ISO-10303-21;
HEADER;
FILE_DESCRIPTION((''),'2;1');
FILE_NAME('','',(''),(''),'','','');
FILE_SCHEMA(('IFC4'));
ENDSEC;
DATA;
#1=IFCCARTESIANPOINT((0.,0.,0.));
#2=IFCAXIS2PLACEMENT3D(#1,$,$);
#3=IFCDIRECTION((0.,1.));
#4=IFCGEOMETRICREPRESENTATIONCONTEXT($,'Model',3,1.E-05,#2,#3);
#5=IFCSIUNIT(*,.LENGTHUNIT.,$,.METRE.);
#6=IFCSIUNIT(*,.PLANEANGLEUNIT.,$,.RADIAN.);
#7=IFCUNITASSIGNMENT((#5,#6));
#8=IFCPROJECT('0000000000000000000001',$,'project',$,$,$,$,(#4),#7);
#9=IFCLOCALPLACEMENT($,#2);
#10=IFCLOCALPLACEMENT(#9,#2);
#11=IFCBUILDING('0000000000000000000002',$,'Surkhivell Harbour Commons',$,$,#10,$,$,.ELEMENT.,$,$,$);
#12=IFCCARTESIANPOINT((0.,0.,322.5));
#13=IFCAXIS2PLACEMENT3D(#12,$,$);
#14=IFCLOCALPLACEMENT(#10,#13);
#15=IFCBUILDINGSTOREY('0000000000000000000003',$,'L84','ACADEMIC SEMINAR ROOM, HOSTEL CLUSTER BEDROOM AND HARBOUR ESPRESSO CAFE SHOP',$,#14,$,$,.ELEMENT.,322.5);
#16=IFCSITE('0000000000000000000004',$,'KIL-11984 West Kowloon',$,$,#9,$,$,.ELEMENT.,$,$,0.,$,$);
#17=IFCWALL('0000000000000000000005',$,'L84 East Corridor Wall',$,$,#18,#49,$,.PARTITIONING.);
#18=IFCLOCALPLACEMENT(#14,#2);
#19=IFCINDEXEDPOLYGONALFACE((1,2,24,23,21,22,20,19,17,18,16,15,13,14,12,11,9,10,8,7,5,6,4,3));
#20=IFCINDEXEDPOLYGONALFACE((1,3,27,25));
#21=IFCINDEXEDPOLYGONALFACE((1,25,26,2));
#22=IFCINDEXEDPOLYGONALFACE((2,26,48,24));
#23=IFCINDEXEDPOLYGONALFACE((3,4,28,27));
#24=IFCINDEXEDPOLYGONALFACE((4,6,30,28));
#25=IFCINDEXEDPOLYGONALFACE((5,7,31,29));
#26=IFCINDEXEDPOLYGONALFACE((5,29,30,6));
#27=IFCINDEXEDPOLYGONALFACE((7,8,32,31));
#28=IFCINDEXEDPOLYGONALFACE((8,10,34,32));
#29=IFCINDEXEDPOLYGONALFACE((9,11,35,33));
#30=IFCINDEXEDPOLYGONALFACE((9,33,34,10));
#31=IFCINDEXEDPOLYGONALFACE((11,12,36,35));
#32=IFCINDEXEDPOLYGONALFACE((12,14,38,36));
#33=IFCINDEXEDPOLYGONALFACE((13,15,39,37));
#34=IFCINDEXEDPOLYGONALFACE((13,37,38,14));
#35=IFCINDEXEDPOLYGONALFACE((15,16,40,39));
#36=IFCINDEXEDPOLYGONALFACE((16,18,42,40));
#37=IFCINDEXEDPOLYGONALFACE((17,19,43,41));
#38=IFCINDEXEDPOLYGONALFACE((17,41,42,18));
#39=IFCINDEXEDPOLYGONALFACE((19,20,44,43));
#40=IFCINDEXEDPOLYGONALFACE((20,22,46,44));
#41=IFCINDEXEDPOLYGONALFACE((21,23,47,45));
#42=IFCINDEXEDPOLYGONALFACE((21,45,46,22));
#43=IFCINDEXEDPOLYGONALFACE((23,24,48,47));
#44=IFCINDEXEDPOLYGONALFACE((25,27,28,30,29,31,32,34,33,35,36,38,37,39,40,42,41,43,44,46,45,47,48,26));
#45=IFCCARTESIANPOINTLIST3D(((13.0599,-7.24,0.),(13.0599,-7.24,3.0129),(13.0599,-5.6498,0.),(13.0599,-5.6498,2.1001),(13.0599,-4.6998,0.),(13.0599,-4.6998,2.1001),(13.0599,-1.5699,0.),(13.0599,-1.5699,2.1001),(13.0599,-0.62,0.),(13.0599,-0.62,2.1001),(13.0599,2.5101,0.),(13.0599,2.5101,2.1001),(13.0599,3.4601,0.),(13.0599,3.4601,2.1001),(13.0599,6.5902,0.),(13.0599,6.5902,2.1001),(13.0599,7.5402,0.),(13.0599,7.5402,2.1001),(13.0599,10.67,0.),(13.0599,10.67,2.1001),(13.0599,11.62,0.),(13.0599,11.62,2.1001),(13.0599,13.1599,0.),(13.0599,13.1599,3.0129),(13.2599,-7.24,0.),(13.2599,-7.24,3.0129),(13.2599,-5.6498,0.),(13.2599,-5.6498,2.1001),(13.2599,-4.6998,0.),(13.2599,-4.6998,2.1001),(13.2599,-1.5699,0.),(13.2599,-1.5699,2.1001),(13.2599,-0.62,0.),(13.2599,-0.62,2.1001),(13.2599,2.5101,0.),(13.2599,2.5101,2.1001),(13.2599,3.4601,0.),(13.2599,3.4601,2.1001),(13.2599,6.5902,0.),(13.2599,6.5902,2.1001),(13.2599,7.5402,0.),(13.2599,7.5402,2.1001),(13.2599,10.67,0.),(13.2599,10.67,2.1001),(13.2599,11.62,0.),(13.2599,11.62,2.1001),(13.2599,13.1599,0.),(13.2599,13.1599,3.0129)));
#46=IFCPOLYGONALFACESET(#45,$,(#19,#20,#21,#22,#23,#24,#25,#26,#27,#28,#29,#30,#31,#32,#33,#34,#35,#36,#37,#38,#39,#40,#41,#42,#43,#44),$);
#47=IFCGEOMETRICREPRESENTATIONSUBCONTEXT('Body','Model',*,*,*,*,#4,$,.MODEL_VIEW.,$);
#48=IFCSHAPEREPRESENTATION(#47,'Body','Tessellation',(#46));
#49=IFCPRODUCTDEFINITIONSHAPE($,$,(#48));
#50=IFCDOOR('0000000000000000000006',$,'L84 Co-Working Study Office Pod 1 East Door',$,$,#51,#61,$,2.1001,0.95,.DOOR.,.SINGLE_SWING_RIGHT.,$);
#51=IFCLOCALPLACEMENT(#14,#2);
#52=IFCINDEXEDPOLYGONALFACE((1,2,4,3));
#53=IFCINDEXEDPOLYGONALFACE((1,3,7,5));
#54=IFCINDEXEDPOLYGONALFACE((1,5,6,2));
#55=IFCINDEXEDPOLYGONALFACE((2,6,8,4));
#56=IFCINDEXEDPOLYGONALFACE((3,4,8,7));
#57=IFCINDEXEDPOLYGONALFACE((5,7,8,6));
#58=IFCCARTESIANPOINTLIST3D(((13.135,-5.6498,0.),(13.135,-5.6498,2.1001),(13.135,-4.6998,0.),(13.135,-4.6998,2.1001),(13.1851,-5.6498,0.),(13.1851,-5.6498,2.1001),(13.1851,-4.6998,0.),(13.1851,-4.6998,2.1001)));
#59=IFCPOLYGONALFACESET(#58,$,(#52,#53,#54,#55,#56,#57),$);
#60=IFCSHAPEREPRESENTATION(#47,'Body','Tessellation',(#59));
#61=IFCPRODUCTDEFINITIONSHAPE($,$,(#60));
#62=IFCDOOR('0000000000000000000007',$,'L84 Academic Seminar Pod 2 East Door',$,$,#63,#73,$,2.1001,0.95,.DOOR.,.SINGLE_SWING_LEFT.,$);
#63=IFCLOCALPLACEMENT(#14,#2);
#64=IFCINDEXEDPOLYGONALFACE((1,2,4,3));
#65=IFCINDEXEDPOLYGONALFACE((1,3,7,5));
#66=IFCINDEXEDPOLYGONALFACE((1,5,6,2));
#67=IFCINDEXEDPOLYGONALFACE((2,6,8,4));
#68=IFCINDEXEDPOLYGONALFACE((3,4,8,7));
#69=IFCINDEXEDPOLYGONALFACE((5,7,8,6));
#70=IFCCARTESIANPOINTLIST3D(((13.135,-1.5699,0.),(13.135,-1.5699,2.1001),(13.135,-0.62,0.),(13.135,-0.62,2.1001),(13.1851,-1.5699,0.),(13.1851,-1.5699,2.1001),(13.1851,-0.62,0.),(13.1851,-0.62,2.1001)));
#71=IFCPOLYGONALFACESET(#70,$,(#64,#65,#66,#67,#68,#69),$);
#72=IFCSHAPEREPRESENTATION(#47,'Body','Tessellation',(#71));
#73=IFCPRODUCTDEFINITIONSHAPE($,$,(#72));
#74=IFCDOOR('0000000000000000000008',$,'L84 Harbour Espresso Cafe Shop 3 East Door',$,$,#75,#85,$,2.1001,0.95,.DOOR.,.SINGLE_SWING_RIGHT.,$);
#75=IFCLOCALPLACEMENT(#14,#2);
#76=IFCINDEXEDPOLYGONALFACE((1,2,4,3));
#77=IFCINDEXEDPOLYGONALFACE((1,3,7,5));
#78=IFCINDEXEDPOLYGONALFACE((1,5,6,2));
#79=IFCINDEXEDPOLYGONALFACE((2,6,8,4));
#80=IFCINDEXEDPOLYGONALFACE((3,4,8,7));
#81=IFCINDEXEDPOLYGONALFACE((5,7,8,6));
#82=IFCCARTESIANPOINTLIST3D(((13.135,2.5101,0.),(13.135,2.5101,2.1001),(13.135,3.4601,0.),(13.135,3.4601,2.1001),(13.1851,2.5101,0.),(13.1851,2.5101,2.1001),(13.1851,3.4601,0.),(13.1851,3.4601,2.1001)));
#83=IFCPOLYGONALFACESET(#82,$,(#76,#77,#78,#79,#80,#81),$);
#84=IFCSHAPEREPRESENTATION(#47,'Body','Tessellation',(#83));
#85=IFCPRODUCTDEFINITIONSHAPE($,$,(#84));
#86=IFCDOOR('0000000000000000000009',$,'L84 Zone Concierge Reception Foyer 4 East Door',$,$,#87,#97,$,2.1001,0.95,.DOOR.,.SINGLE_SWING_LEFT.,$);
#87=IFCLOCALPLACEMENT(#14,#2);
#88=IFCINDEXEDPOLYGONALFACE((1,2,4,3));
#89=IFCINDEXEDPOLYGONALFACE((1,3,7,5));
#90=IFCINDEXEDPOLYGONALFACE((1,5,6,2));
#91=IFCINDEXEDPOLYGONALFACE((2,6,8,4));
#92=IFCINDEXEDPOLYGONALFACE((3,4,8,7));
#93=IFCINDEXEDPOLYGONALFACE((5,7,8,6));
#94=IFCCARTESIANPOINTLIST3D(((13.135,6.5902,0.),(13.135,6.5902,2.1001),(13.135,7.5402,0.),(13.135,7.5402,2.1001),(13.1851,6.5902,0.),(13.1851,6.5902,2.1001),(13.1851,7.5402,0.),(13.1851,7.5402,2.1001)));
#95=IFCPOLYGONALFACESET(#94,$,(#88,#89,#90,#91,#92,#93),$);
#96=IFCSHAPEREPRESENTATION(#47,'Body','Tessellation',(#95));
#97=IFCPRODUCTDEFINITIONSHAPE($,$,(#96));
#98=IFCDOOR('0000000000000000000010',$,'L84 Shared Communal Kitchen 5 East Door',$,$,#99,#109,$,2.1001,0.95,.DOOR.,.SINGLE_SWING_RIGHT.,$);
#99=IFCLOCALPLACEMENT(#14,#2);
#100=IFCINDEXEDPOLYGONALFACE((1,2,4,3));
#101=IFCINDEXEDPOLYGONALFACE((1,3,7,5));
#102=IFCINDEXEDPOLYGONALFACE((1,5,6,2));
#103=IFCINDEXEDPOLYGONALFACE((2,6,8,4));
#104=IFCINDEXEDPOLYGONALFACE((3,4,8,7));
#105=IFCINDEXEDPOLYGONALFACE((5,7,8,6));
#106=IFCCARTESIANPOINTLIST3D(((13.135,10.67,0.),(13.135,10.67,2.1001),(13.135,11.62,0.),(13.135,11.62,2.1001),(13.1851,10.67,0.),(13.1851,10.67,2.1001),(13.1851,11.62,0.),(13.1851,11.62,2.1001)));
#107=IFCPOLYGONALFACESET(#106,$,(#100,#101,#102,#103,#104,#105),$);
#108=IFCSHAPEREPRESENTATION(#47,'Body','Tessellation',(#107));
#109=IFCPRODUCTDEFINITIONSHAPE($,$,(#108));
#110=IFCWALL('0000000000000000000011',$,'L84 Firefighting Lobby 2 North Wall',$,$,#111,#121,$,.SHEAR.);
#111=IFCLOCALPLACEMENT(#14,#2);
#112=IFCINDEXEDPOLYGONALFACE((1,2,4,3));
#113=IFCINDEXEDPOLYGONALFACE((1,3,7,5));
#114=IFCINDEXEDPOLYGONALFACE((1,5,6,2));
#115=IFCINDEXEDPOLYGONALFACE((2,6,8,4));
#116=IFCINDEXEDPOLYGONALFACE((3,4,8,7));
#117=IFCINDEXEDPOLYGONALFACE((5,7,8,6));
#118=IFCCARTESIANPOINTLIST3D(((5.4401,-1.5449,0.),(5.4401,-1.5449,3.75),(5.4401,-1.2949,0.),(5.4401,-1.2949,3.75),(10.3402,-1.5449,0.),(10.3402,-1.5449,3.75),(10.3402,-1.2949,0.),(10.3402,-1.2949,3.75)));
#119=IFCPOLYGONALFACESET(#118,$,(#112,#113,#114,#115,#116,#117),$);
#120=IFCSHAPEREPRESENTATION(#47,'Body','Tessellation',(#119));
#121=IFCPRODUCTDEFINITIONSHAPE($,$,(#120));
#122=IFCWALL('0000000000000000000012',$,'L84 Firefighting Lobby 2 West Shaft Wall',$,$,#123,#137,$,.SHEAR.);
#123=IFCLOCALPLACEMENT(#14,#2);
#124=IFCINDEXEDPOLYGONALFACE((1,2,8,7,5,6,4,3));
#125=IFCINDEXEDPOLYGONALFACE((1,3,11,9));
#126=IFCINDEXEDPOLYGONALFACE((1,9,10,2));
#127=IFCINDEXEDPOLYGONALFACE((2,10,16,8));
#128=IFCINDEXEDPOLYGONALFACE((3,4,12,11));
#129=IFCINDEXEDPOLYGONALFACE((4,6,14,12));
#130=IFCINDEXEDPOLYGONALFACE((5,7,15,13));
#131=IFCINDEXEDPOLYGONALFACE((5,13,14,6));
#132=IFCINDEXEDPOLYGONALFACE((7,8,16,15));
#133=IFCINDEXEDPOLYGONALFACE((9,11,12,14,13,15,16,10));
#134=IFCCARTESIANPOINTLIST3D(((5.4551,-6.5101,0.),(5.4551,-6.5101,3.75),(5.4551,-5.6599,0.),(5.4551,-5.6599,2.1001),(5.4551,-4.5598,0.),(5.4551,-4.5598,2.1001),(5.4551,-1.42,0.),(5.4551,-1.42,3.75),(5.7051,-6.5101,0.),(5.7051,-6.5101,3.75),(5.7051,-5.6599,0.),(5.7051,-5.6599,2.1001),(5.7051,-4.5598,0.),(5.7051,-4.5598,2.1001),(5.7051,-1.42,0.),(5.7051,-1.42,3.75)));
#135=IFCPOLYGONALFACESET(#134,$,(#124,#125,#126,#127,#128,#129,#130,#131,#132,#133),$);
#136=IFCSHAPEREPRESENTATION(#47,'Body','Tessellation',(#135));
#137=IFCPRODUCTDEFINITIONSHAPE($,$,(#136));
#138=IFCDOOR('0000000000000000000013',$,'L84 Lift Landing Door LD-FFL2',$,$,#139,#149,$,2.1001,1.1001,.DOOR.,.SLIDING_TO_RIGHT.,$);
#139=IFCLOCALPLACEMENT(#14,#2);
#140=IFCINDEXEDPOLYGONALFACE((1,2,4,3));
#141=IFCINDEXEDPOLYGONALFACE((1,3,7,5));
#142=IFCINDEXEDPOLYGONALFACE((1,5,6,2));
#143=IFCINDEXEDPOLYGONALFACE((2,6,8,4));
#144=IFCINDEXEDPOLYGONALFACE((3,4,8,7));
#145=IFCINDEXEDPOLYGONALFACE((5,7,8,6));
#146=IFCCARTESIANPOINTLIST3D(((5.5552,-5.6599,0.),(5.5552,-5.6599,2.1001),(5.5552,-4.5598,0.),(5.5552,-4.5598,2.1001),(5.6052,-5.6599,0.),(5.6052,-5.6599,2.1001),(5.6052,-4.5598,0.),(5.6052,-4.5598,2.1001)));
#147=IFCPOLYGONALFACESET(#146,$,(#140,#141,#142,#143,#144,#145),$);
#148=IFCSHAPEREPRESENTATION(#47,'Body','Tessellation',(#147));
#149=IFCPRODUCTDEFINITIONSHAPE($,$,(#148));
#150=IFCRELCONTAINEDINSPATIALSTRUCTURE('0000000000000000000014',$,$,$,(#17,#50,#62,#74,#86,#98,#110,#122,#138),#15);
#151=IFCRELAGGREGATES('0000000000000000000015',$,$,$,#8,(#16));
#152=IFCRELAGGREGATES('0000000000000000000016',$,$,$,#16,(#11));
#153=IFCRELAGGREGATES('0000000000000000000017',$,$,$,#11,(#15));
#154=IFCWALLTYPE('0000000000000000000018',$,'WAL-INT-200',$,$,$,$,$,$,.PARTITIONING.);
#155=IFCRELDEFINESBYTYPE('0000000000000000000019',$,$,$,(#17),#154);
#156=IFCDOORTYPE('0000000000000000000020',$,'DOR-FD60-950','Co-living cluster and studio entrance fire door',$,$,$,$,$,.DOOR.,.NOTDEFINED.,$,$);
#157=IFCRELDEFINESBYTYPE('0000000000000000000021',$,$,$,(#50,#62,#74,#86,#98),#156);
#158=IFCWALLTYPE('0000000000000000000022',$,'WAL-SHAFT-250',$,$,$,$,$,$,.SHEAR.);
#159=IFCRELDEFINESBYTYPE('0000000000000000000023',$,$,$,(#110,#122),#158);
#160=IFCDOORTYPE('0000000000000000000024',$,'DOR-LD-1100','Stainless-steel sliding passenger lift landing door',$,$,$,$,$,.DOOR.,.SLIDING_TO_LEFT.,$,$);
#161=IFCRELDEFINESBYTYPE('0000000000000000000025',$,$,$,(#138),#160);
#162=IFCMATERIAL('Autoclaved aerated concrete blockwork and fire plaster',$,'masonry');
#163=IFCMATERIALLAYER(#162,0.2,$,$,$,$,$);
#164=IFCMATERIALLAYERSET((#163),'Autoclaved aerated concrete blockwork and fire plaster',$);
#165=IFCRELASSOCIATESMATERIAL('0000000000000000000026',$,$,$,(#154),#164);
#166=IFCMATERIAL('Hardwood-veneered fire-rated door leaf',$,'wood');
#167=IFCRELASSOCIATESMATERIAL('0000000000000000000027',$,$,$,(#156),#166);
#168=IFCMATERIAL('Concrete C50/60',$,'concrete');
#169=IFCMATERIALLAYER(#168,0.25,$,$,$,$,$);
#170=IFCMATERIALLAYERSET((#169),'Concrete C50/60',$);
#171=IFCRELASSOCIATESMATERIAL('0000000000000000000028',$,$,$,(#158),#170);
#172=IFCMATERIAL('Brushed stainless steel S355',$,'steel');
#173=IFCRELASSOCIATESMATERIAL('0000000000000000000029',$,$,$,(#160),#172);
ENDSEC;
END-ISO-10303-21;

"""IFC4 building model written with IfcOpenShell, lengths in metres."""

from ifc_helpers import new_model, si_unit, direction, frame, frame_2d, origin, place, context, subcontext, project, spatial, rectangle, extrude, material, layer, layer_set, type_object, element, fill, save


model = new_model("IFC4")

# Units and contexts
model_context = context("Model", 3, precision=1e-05, world=origin(), true_north=direction((0.0, 1.0)))
body_context = subcontext(model_context, "Body", "Model", "MODEL_VIEW")
ifc_project = project(units=[si_unit("LENGTHUNIT", "METRE"), si_unit("PLANEANGLEUNIT", "RADIAN")], contexts=[model_context])

# Site, building, storey
site_placement = place(None, origin())
site = spatial("IfcSite", under=ifc_project, at=site_placement, Name="KIL-11984 West Kowloon", CompositionType="ELEMENT", RefElevation=0.0)
building_placement = place(site_placement, origin())
building = spatial("IfcBuilding", under=site, at=building_placement, Name="Surkhivell Harbour Commons", CompositionType="ELEMENT")
storey_placement = place(building_placement, frame((0.0, 0.0, 322.5)))
storey = spatial("IfcBuildingStorey", under=building, at=storey_placement, Name="L84", Description="ACADEMIC SEMINAR ROOM, HOSTEL CLUSTER BEDROOM AND HARBOUR ESPRESSO CAFE SHOP", CompositionType="ELEMENT", Elevation=322.5)

# Shared definitions
ifc_material_1 = material(Name="Concrete C50/60", Category="concrete")
ifc_material_2 = material(Name="Hardwood-veneered fire-rated door leaf", Category="wood")

# Wall, openings, doors
ifc_material_3 = material(Name="Autoclaved aerated concrete blockwork and fire plaster", Category="masonry")
ifc_layer_1 = layer(ifc_material_3, 0.2)
ifc_layer_set_1 = layer_set([ifc_layer_1], Name="Autoclaved aerated concrete blockwork and fire plaster")
wall_type_1 = type_object("IfcWallType", Name="WAL-INT-200", PredefinedType="PARTITIONING", material=ifc_layer_set_1)
wall_1_placement = place(storey_placement, frame((13.1599, -7.24, 0.0), z_axis=(0.0, 0.0, 1.0), x_axis=(0.0, 1.0, 0.0)))
wall_1 = element("IfcWall", 1, at=wall_1_placement, inside=storey, type_object=wall_type_1, Name="L84 East Corridor Wall", PredefinedType="PARTITIONING", context=body_context, shape_type="SweptSolid", body=[
    extrude(rectangle(XDim=20.3999, YDim=0.2, at=frame_2d((10.2, 0.0))), origin(), (0.0, 0.0, 1.0), 3.0129),
])
opening_1_placement = place(wall_1_placement, frame((1.5901, 0.0, 0.0)))
opening_1 = element("IfcOpeningElement", 2, at=opening_1_placement, cuts=wall_1, PredefinedType="OPENING", context=body_context, shape_type="SweptSolid", body=[
    extrude(rectangle(XDim=0.95, YDim=2.1001, at=frame_2d((0.4751, 1.05))), frame((0.0, 0.1099, 0.0), z_axis=(0.0, -1.0, 0.0), x_axis=(1.0, 0.0, 0.0)), (0.0, 0.0, 1.0), 0.22),
])
opening_2_placement = place(wall_1_placement, frame((5.6699, 0.0, 0.0)))
opening_2 = element("IfcOpeningElement", 3, at=opening_2_placement, cuts=wall_1, PredefinedType="OPENING", context=body_context, shape_type="SweptSolid", body=[
    extrude(rectangle(XDim=0.95, YDim=2.1001, at=frame_2d((0.4751, 1.05))), frame((0.0, 0.1099, 0.0), z_axis=(0.0, -1.0, 0.0), x_axis=(1.0, 0.0, 0.0)), (0.0, 0.0, 1.0), 0.22),
])
opening_3_placement = place(wall_1_placement, frame((9.75, 0.0, 0.0)))
opening_3 = element("IfcOpeningElement", 4, at=opening_3_placement, cuts=wall_1, PredefinedType="OPENING", context=body_context, shape_type="SweptSolid", body=[
    extrude(rectangle(XDim=0.95, YDim=2.1001, at=frame_2d((0.4751, 1.05))), frame((0.0, 0.1099, 0.0), z_axis=(0.0, -1.0, 0.0), x_axis=(1.0, 0.0, 0.0)), (0.0, 0.0, 1.0), 0.22),
])
opening_4_placement = place(wall_1_placement, frame((13.8301, 0.0, 0.0)))
opening_4 = element("IfcOpeningElement", 5, at=opening_4_placement, cuts=wall_1, PredefinedType="OPENING", context=body_context, shape_type="SweptSolid", body=[
    extrude(rectangle(XDim=0.95, YDim=2.1001, at=frame_2d((0.4751, 1.05))), frame((0.0, 0.1099, 0.0), z_axis=(0.0, -1.0, 0.0), x_axis=(1.0, 0.0, 0.0)), (0.0, 0.0, 1.0), 0.22),
])
opening_5_placement = place(wall_1_placement, frame((17.9099, 0.0, 0.0)))
opening_5 = element("IfcOpeningElement", 6, at=opening_5_placement, cuts=wall_1, PredefinedType="OPENING", context=body_context, shape_type="SweptSolid", body=[
    extrude(rectangle(XDim=0.95, YDim=2.1001, at=frame_2d((0.4751, 1.05))), frame((0.0, 0.1099, 0.0), z_axis=(0.0, -1.0, 0.0), x_axis=(1.0, 0.0, 0.0)), (0.0, 0.0, 1.0), 0.22),
])
door_type_1 = type_object("IfcDoorType", Name="DOR-FD60-950", Description="Co-living cluster and studio entrance fire door", OperationType="NOTDEFINED", PredefinedType="DOOR", material=ifc_material_2)
door_1_placement = place(opening_1_placement, origin())
door_1 = element("IfcDoor", 7, at=door_1_placement, inside=storey, type_object=door_type_1, Name="L84 Co-Working Study Office Pod 1 East Door", OperationType="SINGLE_SWING_RIGHT", OverallHeight=2.1001, OverallWidth=0.95, PredefinedType="DOOR", context=body_context, shape_type="SweptSolid", body=[
    extrude(rectangle(XDim=0.95, YDim=2.1001, at=frame_2d((0.4751, 1.05))), frame((0.0, 0.0249, 0.0), z_axis=(0.0, -1.0, 0.0), x_axis=(1.0, 0.0, 0.0)), (0.0, 0.0, 1.0), 0.05),
])
fill(opening_1, door_1)
door_2_placement = place(opening_2_placement, origin())
door_2 = element("IfcDoor", 8, at=door_2_placement, inside=storey, type_object=door_type_1, Name="L84 Academic Seminar Pod 2 East Door", OperationType="SINGLE_SWING_LEFT", OverallHeight=2.1001, OverallWidth=0.95, PredefinedType="DOOR", context=body_context, shape_type="SweptSolid", body=[
    extrude(rectangle(XDim=0.95, YDim=2.1001, at=frame_2d((0.4751, 1.05))), frame((0.0, 0.0249, 0.0), z_axis=(0.0, -1.0, 0.0), x_axis=(1.0, 0.0, 0.0)), (0.0, 0.0, 1.0), 0.05),
])
fill(opening_2, door_2)
door_3_placement = place(opening_3_placement, origin())
door_3 = element("IfcDoor", 9, at=door_3_placement, inside=storey, type_object=door_type_1, Name="L84 Harbour Espresso Cafe Shop 3 East Door", OperationType="SINGLE_SWING_RIGHT", OverallHeight=2.1001, OverallWidth=0.95, PredefinedType="DOOR", context=body_context, shape_type="SweptSolid", body=[
    extrude(rectangle(XDim=0.95, YDim=2.1001, at=frame_2d((0.4751, 1.05))), frame((0.0, 0.0249, 0.0), z_axis=(0.0, -1.0, 0.0), x_axis=(1.0, 0.0, 0.0)), (0.0, 0.0, 1.0), 0.05),
])
fill(opening_3, door_3)
door_4_placement = place(opening_4_placement, origin())
door_4 = element("IfcDoor", 10, at=door_4_placement, inside=storey, type_object=door_type_1, Name="L84 Zone Concierge Reception Foyer 4 East Door", OperationType="SINGLE_SWING_LEFT", OverallHeight=2.1001, OverallWidth=0.95, PredefinedType="DOOR", context=body_context, shape_type="SweptSolid", body=[
    extrude(rectangle(XDim=0.95, YDim=2.1001, at=frame_2d((0.4751, 1.05))), frame((0.0, 0.0249, 0.0), z_axis=(0.0, -1.0, 0.0), x_axis=(1.0, 0.0, 0.0)), (0.0, 0.0, 1.0), 0.05),
])
fill(opening_4, door_4)
door_5_placement = place(opening_5_placement, origin())
door_5 = element("IfcDoor", 11, at=door_5_placement, inside=storey, type_object=door_type_1, Name="L84 Shared Communal Kitchen 5 East Door", OperationType="SINGLE_SWING_RIGHT", OverallHeight=2.1001, OverallWidth=0.95, PredefinedType="DOOR", context=body_context, shape_type="SweptSolid", body=[
    extrude(rectangle(XDim=0.95, YDim=2.1001, at=frame_2d((0.4751, 1.05))), frame((0.0, 0.0249, 0.0), z_axis=(0.0, -1.0, 0.0), x_axis=(1.0, 0.0, 0.0)), (0.0, 0.0, 1.0), 0.05),
])
fill(opening_5, door_5)

# Wall
ifc_layer_2 = layer(ifc_material_1, 0.25)
ifc_layer_set_2 = layer_set([ifc_layer_2], Name="Concrete C50/60")
wall_type_2 = type_object("IfcWallType", Name="WAL-SHAFT-250", PredefinedType="SHEAR", material=ifc_layer_set_2)
wall_2_placement = place(storey_placement, frame((5.4399, -1.4199, 0.0), z_axis=(0.0, 0.0, 1.0), x_axis=(1.0, 0.0, 0.0)))
element("IfcWall", 12, at=wall_2_placement, inside=storey, type_object=wall_type_2, Name="L84 Firefighting Lobby 2 North Wall", PredefinedType="SHEAR", context=body_context, shape_type="SweptSolid", body=[
    extrude(rectangle(XDim=4.9001, YDim=0.25, at=frame_2d((2.4502, 0.0))), origin(), (0.0, 0.0, 1.0), 3.75),
])

# Wall, opening, door
wall_3_placement = place(storey_placement, frame((5.5801, -6.51, 0.0), z_axis=(0.0, 0.0, 1.0), x_axis=(0.0, 1.0, 0.0)))
wall_3 = element("IfcWall", 13, at=wall_3_placement, inside=storey, type_object=wall_type_2, Name="L84 Firefighting Lobby 2 West Shaft Wall", PredefinedType="SHEAR", context=body_context, shape_type="SweptSolid", body=[
    extrude(rectangle(XDim=5.0901, YDim=0.25, at=frame_2d((2.5449, 0.0))), origin(), (0.0, 0.0, 1.0), 3.75),
])
opening_6_placement = place(wall_3_placement, frame((0.8501, 0.0, 0.0)))
opening_6 = element("IfcOpeningElement", 14, at=opening_6_placement, cuts=wall_3, PredefinedType="OPENING", context=body_context, shape_type="SweptSolid", body=[
    extrude(rectangle(XDim=1.1001, YDim=2.1001, at=frame_2d((0.55, 1.05))), frame((0.0, 0.135, 0.0), z_axis=(0.0, -1.0, 0.0), x_axis=(1.0, 0.0, 0.0)), (0.0, 0.0, 1.0), 0.27),
])
ifc_material_4 = material(Name="Brushed stainless steel S355", Category="steel")
door_type_2 = type_object("IfcDoorType", Name="DOR-LD-1100", Description="Stainless-steel sliding passenger lift landing door", OperationType="SLIDING_TO_LEFT", PredefinedType="DOOR", material=ifc_material_4)
door_6_placement = place(opening_6_placement, origin())
door_6 = element("IfcDoor", 15, at=door_6_placement, inside=storey, type_object=door_type_2, Name="L84 Lift Landing Door LD-FFL2", OperationType="SLIDING_TO_RIGHT", OverallHeight=2.1001, OverallWidth=1.1001, PredefinedType="DOOR", context=body_context, shape_type="SweptSolid", body=[
    extrude(rectangle(XDim=1.1001, YDim=2.1001, at=frame_2d((0.55, 1.05))), frame((0.0, 0.0249, 0.0), z_axis=(0.0, -1.0, 0.0), x_axis=(1.0, 0.0, 0.0)), (0.0, 0.0, 1.0), 0.05),
])
fill(opening_6, door_6)

save(model, "model.ifc")
